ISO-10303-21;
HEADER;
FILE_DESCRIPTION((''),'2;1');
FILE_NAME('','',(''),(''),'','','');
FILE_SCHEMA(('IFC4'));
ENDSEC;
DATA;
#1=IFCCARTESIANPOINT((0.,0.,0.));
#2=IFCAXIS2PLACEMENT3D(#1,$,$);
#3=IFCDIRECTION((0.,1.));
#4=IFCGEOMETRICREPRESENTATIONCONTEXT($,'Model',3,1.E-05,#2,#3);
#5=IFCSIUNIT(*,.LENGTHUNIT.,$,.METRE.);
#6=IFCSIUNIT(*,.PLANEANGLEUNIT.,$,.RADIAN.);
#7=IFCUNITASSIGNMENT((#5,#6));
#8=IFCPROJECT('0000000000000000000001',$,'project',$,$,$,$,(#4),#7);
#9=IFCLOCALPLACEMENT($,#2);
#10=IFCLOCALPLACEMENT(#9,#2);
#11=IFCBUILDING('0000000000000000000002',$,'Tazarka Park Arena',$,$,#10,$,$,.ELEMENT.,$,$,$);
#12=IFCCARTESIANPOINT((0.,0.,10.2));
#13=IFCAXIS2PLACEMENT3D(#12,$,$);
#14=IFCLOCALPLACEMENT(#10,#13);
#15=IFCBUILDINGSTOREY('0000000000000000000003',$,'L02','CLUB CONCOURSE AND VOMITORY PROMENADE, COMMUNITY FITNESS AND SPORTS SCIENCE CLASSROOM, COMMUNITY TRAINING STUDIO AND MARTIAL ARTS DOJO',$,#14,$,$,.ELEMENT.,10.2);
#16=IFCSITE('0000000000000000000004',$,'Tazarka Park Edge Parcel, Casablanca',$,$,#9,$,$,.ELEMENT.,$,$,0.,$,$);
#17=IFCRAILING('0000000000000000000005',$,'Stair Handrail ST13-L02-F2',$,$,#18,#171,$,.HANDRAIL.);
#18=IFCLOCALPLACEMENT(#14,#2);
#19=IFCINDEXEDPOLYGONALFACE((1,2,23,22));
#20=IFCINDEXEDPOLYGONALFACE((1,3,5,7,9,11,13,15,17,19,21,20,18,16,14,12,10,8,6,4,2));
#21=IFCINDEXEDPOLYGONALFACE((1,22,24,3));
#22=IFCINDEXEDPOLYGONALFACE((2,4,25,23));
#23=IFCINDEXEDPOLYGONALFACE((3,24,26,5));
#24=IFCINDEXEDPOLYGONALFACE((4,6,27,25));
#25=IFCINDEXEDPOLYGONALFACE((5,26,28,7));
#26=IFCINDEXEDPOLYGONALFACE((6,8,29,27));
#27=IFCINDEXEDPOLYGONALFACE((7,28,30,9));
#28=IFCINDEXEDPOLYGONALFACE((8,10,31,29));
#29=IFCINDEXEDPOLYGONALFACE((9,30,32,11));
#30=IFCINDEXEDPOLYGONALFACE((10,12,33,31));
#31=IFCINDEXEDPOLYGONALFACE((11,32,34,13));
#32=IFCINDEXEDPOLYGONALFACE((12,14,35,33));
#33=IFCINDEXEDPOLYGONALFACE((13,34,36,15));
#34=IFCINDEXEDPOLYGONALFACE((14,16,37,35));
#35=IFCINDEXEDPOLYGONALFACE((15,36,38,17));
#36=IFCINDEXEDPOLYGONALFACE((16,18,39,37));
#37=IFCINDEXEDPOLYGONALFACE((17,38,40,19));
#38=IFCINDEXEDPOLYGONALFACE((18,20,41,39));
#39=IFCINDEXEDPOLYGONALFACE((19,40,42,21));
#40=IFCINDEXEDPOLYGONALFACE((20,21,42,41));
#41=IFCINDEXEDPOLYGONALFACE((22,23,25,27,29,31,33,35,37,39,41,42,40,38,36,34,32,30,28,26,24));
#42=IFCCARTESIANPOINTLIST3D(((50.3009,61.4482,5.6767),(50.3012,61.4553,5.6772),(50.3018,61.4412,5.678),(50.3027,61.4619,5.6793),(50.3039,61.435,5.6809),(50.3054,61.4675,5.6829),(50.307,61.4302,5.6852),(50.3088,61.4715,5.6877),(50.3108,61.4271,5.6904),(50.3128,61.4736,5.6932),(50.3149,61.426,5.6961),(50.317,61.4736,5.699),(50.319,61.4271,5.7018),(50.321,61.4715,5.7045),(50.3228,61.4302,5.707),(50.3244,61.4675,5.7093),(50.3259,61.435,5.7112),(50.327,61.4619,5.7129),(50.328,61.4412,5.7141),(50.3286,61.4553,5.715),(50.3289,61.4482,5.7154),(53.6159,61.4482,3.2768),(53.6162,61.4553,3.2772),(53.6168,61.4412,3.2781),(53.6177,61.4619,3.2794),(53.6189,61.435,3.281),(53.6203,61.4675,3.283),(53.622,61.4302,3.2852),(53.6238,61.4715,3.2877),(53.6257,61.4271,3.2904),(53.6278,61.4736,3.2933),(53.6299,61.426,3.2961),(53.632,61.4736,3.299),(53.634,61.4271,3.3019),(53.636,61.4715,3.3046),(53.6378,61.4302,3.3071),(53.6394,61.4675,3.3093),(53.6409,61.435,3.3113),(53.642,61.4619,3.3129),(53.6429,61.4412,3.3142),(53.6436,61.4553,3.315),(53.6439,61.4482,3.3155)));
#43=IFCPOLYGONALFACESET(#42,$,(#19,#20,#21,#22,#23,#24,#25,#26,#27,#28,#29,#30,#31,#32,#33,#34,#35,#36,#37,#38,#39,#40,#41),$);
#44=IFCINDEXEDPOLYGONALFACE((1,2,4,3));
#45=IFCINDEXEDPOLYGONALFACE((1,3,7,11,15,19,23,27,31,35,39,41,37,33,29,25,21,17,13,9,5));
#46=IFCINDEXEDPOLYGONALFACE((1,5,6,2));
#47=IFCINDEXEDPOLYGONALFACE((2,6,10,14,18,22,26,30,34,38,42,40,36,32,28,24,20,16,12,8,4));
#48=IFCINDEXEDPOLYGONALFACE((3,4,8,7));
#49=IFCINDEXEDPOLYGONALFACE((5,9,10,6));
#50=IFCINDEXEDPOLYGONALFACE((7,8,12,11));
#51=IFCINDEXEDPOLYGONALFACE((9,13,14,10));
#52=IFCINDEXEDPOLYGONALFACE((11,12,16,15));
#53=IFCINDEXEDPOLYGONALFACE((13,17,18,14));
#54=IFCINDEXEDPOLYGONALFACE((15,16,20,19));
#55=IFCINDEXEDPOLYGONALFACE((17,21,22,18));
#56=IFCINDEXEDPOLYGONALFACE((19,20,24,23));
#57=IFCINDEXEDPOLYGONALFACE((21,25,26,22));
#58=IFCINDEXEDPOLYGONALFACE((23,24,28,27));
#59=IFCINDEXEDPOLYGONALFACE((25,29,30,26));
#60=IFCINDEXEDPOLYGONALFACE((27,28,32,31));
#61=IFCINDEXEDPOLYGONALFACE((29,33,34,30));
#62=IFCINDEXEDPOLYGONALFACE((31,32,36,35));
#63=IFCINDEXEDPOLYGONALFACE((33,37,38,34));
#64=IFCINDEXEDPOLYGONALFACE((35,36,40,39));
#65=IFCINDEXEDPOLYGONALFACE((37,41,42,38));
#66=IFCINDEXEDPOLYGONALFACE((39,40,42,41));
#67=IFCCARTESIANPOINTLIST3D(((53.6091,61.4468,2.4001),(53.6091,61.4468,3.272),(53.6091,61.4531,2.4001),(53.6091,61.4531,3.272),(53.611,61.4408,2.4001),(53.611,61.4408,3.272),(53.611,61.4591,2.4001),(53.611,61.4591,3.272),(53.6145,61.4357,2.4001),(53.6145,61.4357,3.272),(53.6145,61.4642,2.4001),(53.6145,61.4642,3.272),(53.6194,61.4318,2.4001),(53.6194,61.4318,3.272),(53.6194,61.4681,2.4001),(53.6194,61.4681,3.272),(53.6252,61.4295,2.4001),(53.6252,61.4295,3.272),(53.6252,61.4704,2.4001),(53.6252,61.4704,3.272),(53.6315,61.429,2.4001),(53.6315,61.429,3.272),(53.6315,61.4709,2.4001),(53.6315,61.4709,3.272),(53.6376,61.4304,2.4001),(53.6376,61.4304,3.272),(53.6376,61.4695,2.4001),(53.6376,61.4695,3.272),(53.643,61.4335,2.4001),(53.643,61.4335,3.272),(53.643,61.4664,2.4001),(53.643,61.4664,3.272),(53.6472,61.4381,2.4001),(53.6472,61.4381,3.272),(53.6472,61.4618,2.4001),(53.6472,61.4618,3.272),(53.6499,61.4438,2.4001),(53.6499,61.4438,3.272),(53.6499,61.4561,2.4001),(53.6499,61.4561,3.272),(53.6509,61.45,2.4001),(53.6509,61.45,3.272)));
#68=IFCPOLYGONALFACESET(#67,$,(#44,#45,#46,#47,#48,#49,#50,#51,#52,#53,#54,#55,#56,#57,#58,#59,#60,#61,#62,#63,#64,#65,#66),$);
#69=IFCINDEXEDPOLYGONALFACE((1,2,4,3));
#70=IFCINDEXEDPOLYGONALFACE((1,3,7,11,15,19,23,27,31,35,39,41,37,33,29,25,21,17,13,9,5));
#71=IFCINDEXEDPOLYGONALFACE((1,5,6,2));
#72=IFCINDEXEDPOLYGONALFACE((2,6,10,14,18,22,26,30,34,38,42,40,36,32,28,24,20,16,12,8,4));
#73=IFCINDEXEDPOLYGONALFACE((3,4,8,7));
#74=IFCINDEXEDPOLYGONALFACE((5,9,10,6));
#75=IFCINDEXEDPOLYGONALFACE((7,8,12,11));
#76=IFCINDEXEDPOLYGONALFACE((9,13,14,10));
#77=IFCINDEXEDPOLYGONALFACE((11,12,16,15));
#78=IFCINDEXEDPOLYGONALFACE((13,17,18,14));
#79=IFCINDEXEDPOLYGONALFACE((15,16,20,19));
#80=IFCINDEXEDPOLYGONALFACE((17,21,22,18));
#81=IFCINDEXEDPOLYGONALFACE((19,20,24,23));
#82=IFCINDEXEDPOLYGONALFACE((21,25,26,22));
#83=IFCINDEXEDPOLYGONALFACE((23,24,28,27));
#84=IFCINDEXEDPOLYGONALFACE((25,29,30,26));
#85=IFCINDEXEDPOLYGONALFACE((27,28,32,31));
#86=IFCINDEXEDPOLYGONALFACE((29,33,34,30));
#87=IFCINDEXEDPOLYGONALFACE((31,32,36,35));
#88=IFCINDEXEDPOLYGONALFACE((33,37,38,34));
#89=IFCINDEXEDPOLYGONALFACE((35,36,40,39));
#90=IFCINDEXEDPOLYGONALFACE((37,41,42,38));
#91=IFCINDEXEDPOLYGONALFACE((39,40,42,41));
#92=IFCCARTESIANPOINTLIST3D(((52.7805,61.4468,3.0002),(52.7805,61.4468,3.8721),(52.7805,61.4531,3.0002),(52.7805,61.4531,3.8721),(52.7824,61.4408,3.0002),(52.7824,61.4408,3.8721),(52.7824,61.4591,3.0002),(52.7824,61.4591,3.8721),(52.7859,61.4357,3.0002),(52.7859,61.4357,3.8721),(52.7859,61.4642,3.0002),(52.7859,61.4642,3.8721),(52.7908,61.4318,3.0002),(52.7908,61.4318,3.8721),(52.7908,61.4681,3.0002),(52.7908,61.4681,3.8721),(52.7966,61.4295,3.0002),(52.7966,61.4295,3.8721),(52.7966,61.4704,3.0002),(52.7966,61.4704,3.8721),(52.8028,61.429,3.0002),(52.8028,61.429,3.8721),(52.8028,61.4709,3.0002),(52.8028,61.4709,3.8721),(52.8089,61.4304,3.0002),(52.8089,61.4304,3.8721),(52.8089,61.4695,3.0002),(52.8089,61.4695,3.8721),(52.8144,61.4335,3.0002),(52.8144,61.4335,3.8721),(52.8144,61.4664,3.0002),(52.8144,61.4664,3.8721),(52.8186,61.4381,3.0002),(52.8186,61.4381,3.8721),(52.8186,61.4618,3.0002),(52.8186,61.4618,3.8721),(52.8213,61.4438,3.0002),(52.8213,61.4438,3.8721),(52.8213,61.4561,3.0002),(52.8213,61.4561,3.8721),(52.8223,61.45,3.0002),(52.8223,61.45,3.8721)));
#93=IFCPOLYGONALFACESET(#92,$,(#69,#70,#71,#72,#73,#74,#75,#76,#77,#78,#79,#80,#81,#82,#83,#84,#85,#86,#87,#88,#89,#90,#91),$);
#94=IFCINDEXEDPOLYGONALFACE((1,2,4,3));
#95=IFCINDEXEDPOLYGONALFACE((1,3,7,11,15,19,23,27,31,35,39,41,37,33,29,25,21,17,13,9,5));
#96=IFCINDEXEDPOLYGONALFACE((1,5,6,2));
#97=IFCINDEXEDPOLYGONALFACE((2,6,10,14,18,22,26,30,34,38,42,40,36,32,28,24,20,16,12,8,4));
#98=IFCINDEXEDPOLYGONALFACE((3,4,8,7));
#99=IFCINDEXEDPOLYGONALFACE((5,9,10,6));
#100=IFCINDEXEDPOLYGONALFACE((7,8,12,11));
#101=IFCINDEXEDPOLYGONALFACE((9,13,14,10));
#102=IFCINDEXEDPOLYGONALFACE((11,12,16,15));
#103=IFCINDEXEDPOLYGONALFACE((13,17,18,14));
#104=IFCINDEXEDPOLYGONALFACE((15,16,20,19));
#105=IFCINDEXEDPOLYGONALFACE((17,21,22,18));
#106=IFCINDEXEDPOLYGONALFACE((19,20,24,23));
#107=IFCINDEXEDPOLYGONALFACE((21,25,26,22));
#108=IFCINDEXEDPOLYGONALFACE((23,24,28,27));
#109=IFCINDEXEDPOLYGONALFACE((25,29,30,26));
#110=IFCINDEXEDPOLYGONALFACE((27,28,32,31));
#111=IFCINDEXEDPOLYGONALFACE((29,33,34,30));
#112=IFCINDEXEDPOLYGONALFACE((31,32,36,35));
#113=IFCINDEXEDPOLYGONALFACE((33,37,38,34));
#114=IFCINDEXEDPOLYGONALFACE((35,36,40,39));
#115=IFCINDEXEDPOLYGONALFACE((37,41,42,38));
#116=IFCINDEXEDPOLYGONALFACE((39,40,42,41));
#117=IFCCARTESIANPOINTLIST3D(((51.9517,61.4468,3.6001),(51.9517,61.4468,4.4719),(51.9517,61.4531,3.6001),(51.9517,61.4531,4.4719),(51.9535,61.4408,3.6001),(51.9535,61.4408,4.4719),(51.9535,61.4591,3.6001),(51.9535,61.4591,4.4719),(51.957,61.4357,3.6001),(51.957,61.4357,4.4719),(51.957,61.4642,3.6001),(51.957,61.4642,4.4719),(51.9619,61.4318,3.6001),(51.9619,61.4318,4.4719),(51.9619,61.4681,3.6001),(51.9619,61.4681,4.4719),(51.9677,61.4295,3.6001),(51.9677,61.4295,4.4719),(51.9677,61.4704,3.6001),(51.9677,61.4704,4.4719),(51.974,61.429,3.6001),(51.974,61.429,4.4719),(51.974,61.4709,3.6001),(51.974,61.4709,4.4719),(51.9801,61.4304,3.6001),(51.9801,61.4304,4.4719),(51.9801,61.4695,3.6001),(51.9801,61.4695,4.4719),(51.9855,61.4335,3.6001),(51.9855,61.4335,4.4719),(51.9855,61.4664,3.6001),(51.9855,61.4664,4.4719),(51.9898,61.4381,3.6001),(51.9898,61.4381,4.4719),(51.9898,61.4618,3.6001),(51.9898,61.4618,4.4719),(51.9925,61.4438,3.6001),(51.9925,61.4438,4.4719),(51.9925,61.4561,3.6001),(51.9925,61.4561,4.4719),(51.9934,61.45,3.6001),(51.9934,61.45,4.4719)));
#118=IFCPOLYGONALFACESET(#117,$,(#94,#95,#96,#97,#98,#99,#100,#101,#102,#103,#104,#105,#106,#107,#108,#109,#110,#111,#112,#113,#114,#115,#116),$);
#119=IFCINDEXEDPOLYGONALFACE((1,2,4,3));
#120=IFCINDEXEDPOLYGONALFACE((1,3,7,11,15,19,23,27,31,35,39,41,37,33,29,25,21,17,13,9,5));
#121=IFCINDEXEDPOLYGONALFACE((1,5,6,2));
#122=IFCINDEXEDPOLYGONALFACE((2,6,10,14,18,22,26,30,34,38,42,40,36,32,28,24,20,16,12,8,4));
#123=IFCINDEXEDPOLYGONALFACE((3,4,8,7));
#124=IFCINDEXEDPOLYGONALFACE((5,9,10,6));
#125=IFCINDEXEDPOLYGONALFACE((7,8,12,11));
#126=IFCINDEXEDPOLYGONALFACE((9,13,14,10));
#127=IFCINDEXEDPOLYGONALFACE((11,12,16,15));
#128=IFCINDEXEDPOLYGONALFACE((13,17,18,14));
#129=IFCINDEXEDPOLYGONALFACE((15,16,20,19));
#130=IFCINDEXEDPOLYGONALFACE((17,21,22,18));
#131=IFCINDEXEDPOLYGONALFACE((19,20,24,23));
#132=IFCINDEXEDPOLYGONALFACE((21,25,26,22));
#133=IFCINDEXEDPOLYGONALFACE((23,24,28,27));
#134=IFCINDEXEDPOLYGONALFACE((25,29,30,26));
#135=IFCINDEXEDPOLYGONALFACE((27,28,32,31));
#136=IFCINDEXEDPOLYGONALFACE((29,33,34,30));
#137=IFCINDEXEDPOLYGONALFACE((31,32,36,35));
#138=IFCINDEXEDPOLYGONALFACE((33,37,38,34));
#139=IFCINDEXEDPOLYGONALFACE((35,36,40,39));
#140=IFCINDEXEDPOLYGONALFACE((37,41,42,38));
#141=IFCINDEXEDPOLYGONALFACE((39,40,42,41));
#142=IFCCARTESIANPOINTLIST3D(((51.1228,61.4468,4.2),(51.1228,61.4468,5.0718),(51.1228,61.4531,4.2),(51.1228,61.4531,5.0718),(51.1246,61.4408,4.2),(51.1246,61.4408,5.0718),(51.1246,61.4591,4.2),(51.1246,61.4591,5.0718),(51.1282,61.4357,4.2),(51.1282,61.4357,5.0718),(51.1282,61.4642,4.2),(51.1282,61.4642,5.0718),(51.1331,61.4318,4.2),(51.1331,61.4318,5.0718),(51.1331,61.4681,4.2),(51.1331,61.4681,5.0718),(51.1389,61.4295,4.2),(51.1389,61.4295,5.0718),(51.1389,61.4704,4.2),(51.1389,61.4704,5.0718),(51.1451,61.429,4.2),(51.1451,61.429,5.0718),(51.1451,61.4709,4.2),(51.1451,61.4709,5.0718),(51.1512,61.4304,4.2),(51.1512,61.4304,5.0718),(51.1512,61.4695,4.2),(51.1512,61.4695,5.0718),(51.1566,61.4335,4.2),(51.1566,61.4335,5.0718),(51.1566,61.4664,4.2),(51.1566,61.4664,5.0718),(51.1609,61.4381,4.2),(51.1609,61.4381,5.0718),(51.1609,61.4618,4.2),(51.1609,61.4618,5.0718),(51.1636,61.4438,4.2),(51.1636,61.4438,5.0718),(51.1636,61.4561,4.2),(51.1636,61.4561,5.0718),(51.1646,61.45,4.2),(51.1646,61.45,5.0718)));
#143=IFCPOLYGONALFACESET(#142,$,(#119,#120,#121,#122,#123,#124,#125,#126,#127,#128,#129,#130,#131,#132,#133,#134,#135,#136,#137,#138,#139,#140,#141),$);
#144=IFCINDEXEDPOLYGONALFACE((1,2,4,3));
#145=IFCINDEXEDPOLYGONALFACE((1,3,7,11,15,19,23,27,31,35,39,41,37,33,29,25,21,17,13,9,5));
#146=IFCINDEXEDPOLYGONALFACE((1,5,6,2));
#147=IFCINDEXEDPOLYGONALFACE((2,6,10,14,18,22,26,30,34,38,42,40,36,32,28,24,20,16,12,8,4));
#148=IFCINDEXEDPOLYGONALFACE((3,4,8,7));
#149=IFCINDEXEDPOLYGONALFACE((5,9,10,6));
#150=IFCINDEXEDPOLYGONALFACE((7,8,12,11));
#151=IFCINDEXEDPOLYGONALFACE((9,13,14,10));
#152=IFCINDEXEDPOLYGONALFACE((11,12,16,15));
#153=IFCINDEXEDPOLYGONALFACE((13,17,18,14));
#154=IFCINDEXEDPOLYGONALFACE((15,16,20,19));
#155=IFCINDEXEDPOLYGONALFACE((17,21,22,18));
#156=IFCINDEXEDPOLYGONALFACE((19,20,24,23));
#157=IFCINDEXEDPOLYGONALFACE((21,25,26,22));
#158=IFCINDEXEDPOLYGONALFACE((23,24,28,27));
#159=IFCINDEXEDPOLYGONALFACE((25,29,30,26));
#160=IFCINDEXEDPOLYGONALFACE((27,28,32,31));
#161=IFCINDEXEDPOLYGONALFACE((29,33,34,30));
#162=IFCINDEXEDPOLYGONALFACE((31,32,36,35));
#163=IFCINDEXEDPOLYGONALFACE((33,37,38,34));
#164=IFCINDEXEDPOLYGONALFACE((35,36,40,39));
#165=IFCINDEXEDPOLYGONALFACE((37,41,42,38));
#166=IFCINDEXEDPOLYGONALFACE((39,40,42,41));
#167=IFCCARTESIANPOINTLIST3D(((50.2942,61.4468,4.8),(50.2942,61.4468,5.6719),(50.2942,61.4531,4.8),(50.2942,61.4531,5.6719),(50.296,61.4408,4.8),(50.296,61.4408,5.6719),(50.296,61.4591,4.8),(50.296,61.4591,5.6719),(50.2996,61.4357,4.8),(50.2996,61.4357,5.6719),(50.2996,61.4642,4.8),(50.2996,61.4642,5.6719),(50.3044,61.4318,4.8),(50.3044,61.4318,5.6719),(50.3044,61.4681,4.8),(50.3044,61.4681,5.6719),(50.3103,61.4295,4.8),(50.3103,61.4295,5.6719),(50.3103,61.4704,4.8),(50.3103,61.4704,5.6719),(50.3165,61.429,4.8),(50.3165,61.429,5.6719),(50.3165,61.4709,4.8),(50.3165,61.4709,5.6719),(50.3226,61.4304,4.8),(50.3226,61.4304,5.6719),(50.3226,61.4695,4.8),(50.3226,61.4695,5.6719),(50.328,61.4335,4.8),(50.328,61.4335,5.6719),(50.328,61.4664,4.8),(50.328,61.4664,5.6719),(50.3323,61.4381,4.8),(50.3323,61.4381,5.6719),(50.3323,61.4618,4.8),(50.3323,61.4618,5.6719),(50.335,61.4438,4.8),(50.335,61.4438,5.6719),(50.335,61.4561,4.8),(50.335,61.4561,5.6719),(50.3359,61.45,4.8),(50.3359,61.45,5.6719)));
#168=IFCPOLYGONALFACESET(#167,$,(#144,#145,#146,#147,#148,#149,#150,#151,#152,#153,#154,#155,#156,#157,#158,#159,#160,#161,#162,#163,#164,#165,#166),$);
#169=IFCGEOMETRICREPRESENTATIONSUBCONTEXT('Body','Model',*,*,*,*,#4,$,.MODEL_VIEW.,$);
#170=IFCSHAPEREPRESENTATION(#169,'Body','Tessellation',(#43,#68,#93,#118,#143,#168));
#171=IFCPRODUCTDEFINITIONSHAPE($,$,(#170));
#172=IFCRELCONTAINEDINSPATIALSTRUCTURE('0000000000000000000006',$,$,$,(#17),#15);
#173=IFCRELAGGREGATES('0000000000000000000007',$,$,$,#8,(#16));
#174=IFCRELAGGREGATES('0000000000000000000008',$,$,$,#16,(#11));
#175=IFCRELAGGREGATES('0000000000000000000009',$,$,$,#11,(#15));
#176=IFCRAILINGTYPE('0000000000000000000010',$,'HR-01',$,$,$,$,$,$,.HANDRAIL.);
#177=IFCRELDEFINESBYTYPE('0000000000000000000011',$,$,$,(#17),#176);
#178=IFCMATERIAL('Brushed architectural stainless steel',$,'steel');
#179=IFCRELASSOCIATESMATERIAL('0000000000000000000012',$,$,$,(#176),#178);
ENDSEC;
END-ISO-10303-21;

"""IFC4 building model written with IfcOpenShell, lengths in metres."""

from ifc_helpers import new_model, si_unit, direction, frame, origin, origin_2d, place, context, subcontext, project, spatial, circle, extrude, material, type_object, element, save


model = new_model("IFC4")

# Units and contexts
model_context = context("Model", 3, precision=1e-05, world=origin(), true_north=direction((0.0, 1.0)))
body_context = subcontext(model_context, "Body", "Model", "MODEL_VIEW")
ifc_project = project(units=[si_unit("LENGTHUNIT", "METRE"), si_unit("PLANEANGLEUNIT", "RADIAN")], contexts=[model_context])

# Site, building, storey
site_placement = place(None, origin())
site = spatial("IfcSite", under=ifc_project, at=site_placement, Name="Tazarka Park Edge Parcel, Casablanca", CompositionType="ELEMENT", RefElevation=0.0)
building_placement = place(site_placement, origin())
building = spatial("IfcBuilding", under=site, at=building_placement, Name="Tazarka Park Arena", CompositionType="ELEMENT")
storey_placement = place(building_placement, frame((0.0, 0.0, 10.2)))
storey = spatial("IfcBuildingStorey", under=building, at=storey_placement, Name="L02", Description="CLUB CONCOURSE AND VOMITORY PROMENADE, COMMUNITY FITNESS AND SPORTS SCIENCE CLASSROOM, COMMUNITY TRAINING STUDIO AND MARTIAL ARTS DOJO", CompositionType="ELEMENT", Elevation=10.2)

# Railing
ifc_material_1 = material(Name="Brushed architectural stainless steel", Category="steel")
railing_type_1 = type_object("IfcRailingType", Name="HR-01", PredefinedType="HANDRAIL", material=ifc_material_1)
railing_1_placement = place(storey_placement, frame((53.6299, 61.45, 2.4001)))
element("IfcRailing", 1, at=railing_1_placement, inside=storey, type_object=railing_type_1, Name="Stair Handrail ST13-L02-F2", PredefinedType="HANDRAIL", context=body_context, shape_type="SweptSolid", body=[
    extrude(circle(Radius=0.0239, at=origin_2d()), frame((0.0, 0.0, 0.896), z_axis=(-0.810009, 0.0, 0.586418), x_axis=(0.0, -1.0, 0.0)), (0.0, 0.0, 1.0), 4.0925),
    extrude(circle(Radius=0.021, at=origin_2d()), origin(), (0.0, 0.0, 1.0), 0.8718),
    extrude(circle(Radius=0.021, at=origin_2d()), frame((-0.8286, 0.0, 0.6001)), (0.0, 0.0, 1.0), 0.8718),
    extrude(circle(Radius=0.021, at=origin_2d()), frame((-1.6575, 0.0, 1.2)), (0.0, 0.0, 1.0), 0.8718),
    extrude(circle(Radius=0.021, at=origin_2d()), frame((-2.4863, 0.0, 1.7998)), (0.0, 0.0, 1.0), 0.8718),
    extrude(circle(Radius=0.021, at=origin_2d()), frame((-3.3149, 0.0, 2.3999)), (0.0, 0.0, 1.0), 0.8718),
])

save(model, "model.ifc")
